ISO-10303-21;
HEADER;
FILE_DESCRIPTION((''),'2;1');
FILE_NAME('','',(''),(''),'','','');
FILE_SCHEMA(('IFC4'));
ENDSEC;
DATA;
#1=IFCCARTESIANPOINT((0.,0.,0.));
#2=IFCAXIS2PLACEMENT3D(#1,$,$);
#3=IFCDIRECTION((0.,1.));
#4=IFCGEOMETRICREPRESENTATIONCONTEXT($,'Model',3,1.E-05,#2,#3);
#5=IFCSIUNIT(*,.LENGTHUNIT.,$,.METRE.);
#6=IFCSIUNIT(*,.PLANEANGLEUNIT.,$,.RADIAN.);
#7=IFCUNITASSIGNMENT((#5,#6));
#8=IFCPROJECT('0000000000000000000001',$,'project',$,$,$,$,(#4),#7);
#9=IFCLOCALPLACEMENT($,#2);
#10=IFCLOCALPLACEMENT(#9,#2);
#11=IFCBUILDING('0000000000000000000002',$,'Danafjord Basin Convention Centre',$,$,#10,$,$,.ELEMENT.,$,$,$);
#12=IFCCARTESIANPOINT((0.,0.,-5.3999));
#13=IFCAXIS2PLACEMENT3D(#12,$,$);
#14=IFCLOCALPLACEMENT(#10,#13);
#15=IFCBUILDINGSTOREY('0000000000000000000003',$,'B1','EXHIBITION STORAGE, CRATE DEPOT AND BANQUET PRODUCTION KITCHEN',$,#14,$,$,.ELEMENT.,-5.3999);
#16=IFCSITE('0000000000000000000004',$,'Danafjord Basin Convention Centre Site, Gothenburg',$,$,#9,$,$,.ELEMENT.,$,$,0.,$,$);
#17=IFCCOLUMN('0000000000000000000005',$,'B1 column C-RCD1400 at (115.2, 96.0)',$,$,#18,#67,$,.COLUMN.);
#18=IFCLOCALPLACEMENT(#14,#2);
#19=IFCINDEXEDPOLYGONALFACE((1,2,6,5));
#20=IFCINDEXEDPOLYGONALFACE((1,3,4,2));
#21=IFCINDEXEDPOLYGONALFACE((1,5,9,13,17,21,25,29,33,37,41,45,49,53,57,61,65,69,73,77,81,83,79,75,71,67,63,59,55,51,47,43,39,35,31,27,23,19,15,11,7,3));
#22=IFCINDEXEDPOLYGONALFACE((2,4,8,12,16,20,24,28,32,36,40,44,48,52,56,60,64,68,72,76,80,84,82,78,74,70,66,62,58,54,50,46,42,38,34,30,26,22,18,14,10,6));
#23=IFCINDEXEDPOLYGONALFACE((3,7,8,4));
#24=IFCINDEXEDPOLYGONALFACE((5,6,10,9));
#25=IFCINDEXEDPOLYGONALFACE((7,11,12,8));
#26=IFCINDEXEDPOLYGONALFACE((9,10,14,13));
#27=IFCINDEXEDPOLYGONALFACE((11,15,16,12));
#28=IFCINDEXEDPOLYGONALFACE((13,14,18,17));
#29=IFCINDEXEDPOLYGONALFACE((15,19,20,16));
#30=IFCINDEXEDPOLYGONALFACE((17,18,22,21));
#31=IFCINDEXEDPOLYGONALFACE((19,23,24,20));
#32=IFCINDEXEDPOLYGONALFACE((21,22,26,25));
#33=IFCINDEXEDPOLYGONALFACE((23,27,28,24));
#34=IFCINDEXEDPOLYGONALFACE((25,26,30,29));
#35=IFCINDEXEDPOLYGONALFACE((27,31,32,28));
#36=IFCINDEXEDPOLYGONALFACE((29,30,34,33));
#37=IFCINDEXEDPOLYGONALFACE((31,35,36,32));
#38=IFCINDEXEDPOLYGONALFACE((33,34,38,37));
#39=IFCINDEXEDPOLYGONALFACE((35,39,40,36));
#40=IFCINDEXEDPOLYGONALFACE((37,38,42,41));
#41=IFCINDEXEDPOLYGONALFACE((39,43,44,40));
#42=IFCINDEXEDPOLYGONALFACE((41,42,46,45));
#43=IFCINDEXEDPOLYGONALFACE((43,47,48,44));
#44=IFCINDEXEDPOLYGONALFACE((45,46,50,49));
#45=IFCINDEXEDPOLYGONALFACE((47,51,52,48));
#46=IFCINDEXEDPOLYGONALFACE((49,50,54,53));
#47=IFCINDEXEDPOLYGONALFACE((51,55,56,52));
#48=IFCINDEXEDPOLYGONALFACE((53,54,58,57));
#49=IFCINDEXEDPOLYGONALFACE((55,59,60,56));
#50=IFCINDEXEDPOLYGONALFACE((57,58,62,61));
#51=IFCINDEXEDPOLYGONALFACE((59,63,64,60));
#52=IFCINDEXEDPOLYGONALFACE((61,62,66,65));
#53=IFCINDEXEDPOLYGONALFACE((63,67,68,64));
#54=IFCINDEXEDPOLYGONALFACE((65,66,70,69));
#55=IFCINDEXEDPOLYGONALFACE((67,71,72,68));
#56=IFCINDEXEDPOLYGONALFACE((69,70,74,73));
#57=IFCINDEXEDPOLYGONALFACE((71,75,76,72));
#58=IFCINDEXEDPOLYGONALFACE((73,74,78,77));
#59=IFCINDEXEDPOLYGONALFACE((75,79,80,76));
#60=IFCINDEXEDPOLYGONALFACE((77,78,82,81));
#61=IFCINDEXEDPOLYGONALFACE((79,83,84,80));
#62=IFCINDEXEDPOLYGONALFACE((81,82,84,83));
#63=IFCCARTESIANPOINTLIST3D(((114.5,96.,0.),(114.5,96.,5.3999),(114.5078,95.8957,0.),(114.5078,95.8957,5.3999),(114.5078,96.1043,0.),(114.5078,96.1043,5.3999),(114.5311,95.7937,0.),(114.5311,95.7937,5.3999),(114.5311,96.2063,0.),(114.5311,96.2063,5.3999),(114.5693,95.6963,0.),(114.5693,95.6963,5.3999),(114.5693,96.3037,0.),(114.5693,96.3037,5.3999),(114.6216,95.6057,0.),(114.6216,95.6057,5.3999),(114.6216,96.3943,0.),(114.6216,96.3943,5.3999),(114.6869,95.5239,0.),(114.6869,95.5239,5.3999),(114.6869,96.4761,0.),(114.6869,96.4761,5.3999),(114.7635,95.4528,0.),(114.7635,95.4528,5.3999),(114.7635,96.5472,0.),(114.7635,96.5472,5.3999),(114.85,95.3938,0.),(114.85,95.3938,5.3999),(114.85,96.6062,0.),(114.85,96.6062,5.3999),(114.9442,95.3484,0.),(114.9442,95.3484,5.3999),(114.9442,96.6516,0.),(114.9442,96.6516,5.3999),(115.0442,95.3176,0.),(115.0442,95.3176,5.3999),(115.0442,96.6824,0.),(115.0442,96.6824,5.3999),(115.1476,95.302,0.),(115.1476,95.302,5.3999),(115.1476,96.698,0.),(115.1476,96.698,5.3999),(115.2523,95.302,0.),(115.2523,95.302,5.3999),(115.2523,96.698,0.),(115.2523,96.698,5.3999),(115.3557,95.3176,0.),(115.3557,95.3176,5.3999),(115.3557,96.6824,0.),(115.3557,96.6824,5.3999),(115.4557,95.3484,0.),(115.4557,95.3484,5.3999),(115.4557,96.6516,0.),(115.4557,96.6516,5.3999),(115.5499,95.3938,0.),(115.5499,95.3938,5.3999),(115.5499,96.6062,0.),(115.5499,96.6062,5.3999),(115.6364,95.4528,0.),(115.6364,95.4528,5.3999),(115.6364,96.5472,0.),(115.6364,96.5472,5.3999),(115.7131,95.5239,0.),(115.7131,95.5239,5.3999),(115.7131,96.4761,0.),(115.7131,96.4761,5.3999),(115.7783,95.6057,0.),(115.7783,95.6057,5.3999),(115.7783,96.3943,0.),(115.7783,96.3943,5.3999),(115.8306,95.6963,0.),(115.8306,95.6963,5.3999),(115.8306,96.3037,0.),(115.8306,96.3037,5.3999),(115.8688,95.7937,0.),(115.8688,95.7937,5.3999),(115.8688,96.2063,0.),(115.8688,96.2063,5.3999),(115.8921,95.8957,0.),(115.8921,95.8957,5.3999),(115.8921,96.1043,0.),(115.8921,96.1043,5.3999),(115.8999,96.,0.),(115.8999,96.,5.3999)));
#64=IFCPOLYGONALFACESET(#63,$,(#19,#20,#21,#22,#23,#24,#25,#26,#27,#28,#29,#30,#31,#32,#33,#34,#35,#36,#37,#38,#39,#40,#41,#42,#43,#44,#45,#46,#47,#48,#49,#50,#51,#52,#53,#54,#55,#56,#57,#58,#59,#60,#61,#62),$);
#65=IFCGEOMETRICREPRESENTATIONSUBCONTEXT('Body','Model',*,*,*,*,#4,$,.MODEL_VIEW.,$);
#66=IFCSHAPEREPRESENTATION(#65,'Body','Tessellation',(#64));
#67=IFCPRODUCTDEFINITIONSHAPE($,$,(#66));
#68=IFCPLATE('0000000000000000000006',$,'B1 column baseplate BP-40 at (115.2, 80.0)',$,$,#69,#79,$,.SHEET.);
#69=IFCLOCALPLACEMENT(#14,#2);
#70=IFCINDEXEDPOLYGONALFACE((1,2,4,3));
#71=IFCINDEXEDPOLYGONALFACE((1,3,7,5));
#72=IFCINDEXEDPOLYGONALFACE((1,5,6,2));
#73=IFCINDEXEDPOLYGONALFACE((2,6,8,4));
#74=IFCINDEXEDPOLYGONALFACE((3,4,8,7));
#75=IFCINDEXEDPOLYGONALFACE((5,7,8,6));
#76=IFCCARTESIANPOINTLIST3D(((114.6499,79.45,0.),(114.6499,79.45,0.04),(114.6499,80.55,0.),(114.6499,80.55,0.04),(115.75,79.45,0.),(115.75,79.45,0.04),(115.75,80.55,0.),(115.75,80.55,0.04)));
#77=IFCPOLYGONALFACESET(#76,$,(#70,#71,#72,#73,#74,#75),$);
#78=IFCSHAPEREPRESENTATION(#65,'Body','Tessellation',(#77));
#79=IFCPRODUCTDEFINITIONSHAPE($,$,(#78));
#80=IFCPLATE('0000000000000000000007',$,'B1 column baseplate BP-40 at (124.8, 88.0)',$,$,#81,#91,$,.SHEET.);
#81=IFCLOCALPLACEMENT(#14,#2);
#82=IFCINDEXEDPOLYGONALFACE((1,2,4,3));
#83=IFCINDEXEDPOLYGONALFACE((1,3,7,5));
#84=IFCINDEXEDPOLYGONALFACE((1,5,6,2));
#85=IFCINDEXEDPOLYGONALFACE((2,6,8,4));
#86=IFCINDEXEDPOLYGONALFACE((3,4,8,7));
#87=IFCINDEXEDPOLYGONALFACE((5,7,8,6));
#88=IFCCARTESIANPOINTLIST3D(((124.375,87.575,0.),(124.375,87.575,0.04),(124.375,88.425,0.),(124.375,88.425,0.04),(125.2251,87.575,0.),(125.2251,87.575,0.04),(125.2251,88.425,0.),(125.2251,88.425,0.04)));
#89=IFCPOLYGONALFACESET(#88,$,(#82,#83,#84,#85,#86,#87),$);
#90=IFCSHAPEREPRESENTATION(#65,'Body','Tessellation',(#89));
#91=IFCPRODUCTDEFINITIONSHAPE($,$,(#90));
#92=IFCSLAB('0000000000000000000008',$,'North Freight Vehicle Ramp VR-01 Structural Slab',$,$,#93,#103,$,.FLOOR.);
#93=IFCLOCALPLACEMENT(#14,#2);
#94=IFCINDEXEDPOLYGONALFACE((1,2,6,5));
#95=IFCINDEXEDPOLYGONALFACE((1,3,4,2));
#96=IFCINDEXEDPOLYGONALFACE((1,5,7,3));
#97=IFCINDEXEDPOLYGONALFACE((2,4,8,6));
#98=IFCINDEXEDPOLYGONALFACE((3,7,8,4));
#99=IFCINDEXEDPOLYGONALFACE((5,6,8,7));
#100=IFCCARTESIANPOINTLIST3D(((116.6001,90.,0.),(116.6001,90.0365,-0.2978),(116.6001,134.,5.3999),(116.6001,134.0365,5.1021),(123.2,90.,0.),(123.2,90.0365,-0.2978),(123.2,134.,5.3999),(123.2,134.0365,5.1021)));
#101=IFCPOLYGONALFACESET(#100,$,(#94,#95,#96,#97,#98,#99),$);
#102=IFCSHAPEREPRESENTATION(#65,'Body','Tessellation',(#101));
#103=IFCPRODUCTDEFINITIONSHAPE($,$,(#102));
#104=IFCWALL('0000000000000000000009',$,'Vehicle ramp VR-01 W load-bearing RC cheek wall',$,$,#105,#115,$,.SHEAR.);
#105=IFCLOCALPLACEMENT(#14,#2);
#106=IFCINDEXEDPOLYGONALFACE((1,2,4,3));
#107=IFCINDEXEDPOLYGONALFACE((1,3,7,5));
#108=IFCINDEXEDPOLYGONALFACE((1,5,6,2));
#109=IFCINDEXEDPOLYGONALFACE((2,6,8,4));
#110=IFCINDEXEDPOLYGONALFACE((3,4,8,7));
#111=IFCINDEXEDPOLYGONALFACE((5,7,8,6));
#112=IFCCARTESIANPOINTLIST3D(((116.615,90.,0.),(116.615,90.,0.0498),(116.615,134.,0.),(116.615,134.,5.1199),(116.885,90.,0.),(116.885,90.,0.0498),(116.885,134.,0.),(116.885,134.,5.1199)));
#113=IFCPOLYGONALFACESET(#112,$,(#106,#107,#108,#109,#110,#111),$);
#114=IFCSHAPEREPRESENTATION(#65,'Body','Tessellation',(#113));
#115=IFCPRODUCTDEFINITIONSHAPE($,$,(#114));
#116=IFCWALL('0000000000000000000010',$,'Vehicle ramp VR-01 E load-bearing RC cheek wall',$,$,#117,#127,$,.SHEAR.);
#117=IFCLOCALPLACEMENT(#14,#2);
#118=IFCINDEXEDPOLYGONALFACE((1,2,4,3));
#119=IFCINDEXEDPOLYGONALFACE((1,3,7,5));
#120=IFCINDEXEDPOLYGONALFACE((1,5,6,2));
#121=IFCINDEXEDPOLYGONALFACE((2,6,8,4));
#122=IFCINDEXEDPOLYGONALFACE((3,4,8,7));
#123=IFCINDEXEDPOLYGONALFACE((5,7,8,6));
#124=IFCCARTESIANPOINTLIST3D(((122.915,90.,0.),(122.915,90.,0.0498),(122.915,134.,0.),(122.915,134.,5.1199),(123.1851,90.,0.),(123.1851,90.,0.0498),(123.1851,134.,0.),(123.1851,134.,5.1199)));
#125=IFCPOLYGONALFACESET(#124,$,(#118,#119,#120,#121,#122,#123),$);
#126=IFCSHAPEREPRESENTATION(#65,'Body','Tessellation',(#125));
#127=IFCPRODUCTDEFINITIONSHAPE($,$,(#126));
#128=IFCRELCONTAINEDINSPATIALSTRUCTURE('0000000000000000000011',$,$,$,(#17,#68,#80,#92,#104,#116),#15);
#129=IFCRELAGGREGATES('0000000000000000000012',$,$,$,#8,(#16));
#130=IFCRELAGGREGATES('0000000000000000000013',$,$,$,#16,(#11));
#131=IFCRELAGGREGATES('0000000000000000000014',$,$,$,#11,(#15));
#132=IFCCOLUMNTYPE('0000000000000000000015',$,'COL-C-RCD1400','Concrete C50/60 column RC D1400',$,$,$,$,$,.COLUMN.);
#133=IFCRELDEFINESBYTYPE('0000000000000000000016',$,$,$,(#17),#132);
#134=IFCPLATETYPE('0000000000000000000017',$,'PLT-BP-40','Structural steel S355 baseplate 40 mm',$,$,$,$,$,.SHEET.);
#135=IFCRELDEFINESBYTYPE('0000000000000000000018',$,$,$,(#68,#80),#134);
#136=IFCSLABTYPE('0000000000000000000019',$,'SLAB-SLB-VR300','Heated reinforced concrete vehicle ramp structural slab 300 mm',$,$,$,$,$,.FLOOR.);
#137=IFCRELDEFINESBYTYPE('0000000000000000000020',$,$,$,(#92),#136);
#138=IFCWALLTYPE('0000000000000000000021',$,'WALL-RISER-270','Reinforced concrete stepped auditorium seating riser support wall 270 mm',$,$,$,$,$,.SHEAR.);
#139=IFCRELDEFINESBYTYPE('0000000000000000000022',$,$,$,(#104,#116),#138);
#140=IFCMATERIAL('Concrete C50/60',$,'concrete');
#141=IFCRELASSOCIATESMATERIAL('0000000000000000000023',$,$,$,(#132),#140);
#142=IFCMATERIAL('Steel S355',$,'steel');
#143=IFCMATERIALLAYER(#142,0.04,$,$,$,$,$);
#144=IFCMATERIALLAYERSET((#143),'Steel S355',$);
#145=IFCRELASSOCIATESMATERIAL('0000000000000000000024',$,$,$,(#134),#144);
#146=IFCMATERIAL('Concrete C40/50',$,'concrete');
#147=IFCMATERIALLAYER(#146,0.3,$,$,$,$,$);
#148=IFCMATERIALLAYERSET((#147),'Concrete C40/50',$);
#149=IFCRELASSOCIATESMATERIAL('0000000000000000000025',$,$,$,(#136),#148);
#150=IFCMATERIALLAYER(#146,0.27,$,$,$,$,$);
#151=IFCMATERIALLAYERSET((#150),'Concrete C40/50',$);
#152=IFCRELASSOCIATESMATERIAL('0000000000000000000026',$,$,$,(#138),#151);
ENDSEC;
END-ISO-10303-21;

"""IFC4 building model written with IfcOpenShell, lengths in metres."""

from ifc_helpers import new_model, si_unit, direction, frame, origin, origin_2d, place, context, subcontext, project, spatial, polyline, rectangle, circle, outline, extrude, material, layer, layer_set, material_profile, profile_set, type_object, element, save


model = new_model("IFC4")

# Units and contexts
model_context = context("Model", 3, precision=1e-05, world=origin(), true_north=direction((0.0, 1.0)))
body_context = subcontext(model_context, "Body", "Model", "MODEL_VIEW")
ifc_project = project(units=[si_unit("LENGTHUNIT", "METRE"), si_unit("PLANEANGLEUNIT", "RADIAN")], contexts=[model_context])

# Site, building, storey
site_placement = place(None, origin())
site = spatial("IfcSite", under=ifc_project, at=site_placement, Name="Danafjord Basin Convention Centre Site, Gothenburg", CompositionType="ELEMENT", RefElevation=0.0)
building_placement = place(site_placement, origin())
building = spatial("IfcBuilding", under=site, at=building_placement, Name="Danafjord Basin Convention Centre", CompositionType="ELEMENT")
storey_placement = place(building_placement, frame((0.0, 0.0, -5.3999)))
storey = spatial("IfcBuildingStorey", under=building, at=storey_placement, Name="B1", Description="EXHIBITION STORAGE, CRATE DEPOT AND BANQUET PRODUCTION KITCHEN", CompositionType="ELEMENT", Elevation=-5.3999)

# Shared definitions
ifc_material_1 = material(Name="Concrete C40/50", Category="concrete")

# Column
ifc_material_2 = material(Name="Concrete C50/60", Category="concrete")
ifc_material_profile_1 = material_profile(ifc_material_2, circle(Radius=0.7, at=origin_2d()), Name="RC D1400")
ifc_profile_set_1 = profile_set([ifc_material_profile_1], Name="Concrete C50/60")
column_type_1 = type_object("IfcColumnType", Name="COL-C-RCD1400", Description="Concrete C50/60 column RC D1400", PredefinedType="COLUMN", material=ifc_profile_set_1)
column_1_placement = place(storey_placement, frame((115.2, 96.0, 0.0), z_axis=(0.0, 0.0, 1.0), x_axis=(1.0, 0.0, 0.0)))
element("IfcColumn", 1, at=column_1_placement, inside=storey, type_object=column_type_1, Name="B1 column C-RCD1400 at (115.2, 96.0)", PredefinedType="COLUMN", context=body_context, shape_type="SweptSolid", body=[
    extrude(circle(Radius=0.7, at=origin_2d()), origin(), (0.0, 0.0, 1.0), 5.3999),
])

# Plates
ifc_material_3 = material(Name="Steel S355", Category="steel")
ifc_layer_1 = layer(ifc_material_3, 0.04)
ifc_layer_set_1 = layer_set([ifc_layer_1], Name="Steel S355")
plate_type = type_object("IfcPlateType", Name="PLT-BP-40", Description="Structural steel S355 baseplate 40 mm", PredefinedType="SHEET", material=ifc_layer_set_1)
plate_1_placement = place(storey_placement, frame((115.2, 80.0, 0.0), z_axis=(0.0, 0.0, 1.0), x_axis=(1.0, 0.0, 0.0)))
element("IfcPlate", 2, at=plate_1_placement, inside=storey, type_object=plate_type, Name="B1 column baseplate BP-40 at (115.2, 80.0)", PredefinedType="SHEET", context=body_context, shape_type="SweptSolid", body=[
    extrude(rectangle(XDim=1.1001, YDim=1.1001, at=origin_2d()), origin(), (0.0, 0.0, 1.0), 0.04),
])
plate_2_placement = place(storey_placement, frame((124.8, 88.0, 0.0), z_axis=(0.0, 0.0, 1.0), x_axis=(1.0, 0.0, 0.0)))
element("IfcPlate", 3, at=plate_2_placement, inside=storey, type_object=plate_type, Name="B1 column baseplate BP-40 at (124.8, 88.0)", PredefinedType="SHEET", context=body_context, shape_type="SweptSolid", body=[
    extrude(rectangle(XDim=0.8501, YDim=0.8501, at=origin_2d()), origin(), (0.0, 0.0, 1.0), 0.04),
])

# Slab
ifc_layer_2 = layer(ifc_material_1, 0.3)
ifc_layer_set_2 = layer_set([ifc_layer_2], Name="Concrete C40/50")
slab_type = type_object("IfcSlabType", Name="SLAB-SLB-VR300", Description="Heated reinforced concrete vehicle ramp structural slab 300 mm", PredefinedType="FLOOR", material=ifc_layer_set_2)
slab_placement = place(storey_placement, frame((116.6001, 90.0, 0.0), z_axis=(0.0, -0.121811, 0.992553), x_axis=(1.0, 0.0, 0.0)))
element("IfcSlab", 4, at=slab_placement, inside=storey, type_object=slab_type, Name="North Freight Vehicle Ramp VR-01 Structural Slab", PredefinedType="FLOOR", context=body_context, shape_type="SweptSolid", body=[
    extrude(outline(polyline([(0.0, 0.0), (6.5999, 0.0), (6.5999, 44.3301), (0.0, 44.3301), (0.0, 0.0)])), origin(), (0.0, 0.0, -1.0), 0.3),
])

# Walls
ifc_layer_3 = layer(ifc_material_1, 0.27)
ifc_layer_set_3 = layer_set([ifc_layer_3], Name="Concrete C40/50")
wall_type = type_object("IfcWallType", Name="WALL-RISER-270", Description="Reinforced concrete stepped auditorium seating riser support wall 270 mm", PredefinedType="SHEAR", material=ifc_layer_set_3)
for number, where, z_axis, x_axis, name in (
    (5, (116.75, 90.0, 0.0), (0.0, 0.0, 1.0), (0.0, 1.0, 0.0), "Vehicle ramp VR-01 W load-bearing RC cheek wall"),
    (6, (123.05, 90.0, 0.0), (0.0, 0.0, 1.0), (0.0, 1.0, 0.0), "Vehicle ramp VR-01 E load-bearing RC cheek wall"),
):
    element("IfcWall", number, at=place(storey_placement, frame(where, z_axis=z_axis, x_axis=x_axis)), inside=storey, type_object=wall_type, Name=name, PredefinedType="SHEAR", context=body_context, shape_type="SweptSolid", body=[
        extrude(outline(polyline([(0.0, 0.0), (44.0, 0.0), (44.0, 5.1199), (0.0, 0.0498), (0.0, 0.0)])), frame((0.0, 0.135, 0.0), z_axis=(0.0, -1.0, 0.0), x_axis=(1.0, 0.0, 0.0)), (0.0, 0.0, 1.0), 0.27),
    ])

save(model, "model.ifc")
